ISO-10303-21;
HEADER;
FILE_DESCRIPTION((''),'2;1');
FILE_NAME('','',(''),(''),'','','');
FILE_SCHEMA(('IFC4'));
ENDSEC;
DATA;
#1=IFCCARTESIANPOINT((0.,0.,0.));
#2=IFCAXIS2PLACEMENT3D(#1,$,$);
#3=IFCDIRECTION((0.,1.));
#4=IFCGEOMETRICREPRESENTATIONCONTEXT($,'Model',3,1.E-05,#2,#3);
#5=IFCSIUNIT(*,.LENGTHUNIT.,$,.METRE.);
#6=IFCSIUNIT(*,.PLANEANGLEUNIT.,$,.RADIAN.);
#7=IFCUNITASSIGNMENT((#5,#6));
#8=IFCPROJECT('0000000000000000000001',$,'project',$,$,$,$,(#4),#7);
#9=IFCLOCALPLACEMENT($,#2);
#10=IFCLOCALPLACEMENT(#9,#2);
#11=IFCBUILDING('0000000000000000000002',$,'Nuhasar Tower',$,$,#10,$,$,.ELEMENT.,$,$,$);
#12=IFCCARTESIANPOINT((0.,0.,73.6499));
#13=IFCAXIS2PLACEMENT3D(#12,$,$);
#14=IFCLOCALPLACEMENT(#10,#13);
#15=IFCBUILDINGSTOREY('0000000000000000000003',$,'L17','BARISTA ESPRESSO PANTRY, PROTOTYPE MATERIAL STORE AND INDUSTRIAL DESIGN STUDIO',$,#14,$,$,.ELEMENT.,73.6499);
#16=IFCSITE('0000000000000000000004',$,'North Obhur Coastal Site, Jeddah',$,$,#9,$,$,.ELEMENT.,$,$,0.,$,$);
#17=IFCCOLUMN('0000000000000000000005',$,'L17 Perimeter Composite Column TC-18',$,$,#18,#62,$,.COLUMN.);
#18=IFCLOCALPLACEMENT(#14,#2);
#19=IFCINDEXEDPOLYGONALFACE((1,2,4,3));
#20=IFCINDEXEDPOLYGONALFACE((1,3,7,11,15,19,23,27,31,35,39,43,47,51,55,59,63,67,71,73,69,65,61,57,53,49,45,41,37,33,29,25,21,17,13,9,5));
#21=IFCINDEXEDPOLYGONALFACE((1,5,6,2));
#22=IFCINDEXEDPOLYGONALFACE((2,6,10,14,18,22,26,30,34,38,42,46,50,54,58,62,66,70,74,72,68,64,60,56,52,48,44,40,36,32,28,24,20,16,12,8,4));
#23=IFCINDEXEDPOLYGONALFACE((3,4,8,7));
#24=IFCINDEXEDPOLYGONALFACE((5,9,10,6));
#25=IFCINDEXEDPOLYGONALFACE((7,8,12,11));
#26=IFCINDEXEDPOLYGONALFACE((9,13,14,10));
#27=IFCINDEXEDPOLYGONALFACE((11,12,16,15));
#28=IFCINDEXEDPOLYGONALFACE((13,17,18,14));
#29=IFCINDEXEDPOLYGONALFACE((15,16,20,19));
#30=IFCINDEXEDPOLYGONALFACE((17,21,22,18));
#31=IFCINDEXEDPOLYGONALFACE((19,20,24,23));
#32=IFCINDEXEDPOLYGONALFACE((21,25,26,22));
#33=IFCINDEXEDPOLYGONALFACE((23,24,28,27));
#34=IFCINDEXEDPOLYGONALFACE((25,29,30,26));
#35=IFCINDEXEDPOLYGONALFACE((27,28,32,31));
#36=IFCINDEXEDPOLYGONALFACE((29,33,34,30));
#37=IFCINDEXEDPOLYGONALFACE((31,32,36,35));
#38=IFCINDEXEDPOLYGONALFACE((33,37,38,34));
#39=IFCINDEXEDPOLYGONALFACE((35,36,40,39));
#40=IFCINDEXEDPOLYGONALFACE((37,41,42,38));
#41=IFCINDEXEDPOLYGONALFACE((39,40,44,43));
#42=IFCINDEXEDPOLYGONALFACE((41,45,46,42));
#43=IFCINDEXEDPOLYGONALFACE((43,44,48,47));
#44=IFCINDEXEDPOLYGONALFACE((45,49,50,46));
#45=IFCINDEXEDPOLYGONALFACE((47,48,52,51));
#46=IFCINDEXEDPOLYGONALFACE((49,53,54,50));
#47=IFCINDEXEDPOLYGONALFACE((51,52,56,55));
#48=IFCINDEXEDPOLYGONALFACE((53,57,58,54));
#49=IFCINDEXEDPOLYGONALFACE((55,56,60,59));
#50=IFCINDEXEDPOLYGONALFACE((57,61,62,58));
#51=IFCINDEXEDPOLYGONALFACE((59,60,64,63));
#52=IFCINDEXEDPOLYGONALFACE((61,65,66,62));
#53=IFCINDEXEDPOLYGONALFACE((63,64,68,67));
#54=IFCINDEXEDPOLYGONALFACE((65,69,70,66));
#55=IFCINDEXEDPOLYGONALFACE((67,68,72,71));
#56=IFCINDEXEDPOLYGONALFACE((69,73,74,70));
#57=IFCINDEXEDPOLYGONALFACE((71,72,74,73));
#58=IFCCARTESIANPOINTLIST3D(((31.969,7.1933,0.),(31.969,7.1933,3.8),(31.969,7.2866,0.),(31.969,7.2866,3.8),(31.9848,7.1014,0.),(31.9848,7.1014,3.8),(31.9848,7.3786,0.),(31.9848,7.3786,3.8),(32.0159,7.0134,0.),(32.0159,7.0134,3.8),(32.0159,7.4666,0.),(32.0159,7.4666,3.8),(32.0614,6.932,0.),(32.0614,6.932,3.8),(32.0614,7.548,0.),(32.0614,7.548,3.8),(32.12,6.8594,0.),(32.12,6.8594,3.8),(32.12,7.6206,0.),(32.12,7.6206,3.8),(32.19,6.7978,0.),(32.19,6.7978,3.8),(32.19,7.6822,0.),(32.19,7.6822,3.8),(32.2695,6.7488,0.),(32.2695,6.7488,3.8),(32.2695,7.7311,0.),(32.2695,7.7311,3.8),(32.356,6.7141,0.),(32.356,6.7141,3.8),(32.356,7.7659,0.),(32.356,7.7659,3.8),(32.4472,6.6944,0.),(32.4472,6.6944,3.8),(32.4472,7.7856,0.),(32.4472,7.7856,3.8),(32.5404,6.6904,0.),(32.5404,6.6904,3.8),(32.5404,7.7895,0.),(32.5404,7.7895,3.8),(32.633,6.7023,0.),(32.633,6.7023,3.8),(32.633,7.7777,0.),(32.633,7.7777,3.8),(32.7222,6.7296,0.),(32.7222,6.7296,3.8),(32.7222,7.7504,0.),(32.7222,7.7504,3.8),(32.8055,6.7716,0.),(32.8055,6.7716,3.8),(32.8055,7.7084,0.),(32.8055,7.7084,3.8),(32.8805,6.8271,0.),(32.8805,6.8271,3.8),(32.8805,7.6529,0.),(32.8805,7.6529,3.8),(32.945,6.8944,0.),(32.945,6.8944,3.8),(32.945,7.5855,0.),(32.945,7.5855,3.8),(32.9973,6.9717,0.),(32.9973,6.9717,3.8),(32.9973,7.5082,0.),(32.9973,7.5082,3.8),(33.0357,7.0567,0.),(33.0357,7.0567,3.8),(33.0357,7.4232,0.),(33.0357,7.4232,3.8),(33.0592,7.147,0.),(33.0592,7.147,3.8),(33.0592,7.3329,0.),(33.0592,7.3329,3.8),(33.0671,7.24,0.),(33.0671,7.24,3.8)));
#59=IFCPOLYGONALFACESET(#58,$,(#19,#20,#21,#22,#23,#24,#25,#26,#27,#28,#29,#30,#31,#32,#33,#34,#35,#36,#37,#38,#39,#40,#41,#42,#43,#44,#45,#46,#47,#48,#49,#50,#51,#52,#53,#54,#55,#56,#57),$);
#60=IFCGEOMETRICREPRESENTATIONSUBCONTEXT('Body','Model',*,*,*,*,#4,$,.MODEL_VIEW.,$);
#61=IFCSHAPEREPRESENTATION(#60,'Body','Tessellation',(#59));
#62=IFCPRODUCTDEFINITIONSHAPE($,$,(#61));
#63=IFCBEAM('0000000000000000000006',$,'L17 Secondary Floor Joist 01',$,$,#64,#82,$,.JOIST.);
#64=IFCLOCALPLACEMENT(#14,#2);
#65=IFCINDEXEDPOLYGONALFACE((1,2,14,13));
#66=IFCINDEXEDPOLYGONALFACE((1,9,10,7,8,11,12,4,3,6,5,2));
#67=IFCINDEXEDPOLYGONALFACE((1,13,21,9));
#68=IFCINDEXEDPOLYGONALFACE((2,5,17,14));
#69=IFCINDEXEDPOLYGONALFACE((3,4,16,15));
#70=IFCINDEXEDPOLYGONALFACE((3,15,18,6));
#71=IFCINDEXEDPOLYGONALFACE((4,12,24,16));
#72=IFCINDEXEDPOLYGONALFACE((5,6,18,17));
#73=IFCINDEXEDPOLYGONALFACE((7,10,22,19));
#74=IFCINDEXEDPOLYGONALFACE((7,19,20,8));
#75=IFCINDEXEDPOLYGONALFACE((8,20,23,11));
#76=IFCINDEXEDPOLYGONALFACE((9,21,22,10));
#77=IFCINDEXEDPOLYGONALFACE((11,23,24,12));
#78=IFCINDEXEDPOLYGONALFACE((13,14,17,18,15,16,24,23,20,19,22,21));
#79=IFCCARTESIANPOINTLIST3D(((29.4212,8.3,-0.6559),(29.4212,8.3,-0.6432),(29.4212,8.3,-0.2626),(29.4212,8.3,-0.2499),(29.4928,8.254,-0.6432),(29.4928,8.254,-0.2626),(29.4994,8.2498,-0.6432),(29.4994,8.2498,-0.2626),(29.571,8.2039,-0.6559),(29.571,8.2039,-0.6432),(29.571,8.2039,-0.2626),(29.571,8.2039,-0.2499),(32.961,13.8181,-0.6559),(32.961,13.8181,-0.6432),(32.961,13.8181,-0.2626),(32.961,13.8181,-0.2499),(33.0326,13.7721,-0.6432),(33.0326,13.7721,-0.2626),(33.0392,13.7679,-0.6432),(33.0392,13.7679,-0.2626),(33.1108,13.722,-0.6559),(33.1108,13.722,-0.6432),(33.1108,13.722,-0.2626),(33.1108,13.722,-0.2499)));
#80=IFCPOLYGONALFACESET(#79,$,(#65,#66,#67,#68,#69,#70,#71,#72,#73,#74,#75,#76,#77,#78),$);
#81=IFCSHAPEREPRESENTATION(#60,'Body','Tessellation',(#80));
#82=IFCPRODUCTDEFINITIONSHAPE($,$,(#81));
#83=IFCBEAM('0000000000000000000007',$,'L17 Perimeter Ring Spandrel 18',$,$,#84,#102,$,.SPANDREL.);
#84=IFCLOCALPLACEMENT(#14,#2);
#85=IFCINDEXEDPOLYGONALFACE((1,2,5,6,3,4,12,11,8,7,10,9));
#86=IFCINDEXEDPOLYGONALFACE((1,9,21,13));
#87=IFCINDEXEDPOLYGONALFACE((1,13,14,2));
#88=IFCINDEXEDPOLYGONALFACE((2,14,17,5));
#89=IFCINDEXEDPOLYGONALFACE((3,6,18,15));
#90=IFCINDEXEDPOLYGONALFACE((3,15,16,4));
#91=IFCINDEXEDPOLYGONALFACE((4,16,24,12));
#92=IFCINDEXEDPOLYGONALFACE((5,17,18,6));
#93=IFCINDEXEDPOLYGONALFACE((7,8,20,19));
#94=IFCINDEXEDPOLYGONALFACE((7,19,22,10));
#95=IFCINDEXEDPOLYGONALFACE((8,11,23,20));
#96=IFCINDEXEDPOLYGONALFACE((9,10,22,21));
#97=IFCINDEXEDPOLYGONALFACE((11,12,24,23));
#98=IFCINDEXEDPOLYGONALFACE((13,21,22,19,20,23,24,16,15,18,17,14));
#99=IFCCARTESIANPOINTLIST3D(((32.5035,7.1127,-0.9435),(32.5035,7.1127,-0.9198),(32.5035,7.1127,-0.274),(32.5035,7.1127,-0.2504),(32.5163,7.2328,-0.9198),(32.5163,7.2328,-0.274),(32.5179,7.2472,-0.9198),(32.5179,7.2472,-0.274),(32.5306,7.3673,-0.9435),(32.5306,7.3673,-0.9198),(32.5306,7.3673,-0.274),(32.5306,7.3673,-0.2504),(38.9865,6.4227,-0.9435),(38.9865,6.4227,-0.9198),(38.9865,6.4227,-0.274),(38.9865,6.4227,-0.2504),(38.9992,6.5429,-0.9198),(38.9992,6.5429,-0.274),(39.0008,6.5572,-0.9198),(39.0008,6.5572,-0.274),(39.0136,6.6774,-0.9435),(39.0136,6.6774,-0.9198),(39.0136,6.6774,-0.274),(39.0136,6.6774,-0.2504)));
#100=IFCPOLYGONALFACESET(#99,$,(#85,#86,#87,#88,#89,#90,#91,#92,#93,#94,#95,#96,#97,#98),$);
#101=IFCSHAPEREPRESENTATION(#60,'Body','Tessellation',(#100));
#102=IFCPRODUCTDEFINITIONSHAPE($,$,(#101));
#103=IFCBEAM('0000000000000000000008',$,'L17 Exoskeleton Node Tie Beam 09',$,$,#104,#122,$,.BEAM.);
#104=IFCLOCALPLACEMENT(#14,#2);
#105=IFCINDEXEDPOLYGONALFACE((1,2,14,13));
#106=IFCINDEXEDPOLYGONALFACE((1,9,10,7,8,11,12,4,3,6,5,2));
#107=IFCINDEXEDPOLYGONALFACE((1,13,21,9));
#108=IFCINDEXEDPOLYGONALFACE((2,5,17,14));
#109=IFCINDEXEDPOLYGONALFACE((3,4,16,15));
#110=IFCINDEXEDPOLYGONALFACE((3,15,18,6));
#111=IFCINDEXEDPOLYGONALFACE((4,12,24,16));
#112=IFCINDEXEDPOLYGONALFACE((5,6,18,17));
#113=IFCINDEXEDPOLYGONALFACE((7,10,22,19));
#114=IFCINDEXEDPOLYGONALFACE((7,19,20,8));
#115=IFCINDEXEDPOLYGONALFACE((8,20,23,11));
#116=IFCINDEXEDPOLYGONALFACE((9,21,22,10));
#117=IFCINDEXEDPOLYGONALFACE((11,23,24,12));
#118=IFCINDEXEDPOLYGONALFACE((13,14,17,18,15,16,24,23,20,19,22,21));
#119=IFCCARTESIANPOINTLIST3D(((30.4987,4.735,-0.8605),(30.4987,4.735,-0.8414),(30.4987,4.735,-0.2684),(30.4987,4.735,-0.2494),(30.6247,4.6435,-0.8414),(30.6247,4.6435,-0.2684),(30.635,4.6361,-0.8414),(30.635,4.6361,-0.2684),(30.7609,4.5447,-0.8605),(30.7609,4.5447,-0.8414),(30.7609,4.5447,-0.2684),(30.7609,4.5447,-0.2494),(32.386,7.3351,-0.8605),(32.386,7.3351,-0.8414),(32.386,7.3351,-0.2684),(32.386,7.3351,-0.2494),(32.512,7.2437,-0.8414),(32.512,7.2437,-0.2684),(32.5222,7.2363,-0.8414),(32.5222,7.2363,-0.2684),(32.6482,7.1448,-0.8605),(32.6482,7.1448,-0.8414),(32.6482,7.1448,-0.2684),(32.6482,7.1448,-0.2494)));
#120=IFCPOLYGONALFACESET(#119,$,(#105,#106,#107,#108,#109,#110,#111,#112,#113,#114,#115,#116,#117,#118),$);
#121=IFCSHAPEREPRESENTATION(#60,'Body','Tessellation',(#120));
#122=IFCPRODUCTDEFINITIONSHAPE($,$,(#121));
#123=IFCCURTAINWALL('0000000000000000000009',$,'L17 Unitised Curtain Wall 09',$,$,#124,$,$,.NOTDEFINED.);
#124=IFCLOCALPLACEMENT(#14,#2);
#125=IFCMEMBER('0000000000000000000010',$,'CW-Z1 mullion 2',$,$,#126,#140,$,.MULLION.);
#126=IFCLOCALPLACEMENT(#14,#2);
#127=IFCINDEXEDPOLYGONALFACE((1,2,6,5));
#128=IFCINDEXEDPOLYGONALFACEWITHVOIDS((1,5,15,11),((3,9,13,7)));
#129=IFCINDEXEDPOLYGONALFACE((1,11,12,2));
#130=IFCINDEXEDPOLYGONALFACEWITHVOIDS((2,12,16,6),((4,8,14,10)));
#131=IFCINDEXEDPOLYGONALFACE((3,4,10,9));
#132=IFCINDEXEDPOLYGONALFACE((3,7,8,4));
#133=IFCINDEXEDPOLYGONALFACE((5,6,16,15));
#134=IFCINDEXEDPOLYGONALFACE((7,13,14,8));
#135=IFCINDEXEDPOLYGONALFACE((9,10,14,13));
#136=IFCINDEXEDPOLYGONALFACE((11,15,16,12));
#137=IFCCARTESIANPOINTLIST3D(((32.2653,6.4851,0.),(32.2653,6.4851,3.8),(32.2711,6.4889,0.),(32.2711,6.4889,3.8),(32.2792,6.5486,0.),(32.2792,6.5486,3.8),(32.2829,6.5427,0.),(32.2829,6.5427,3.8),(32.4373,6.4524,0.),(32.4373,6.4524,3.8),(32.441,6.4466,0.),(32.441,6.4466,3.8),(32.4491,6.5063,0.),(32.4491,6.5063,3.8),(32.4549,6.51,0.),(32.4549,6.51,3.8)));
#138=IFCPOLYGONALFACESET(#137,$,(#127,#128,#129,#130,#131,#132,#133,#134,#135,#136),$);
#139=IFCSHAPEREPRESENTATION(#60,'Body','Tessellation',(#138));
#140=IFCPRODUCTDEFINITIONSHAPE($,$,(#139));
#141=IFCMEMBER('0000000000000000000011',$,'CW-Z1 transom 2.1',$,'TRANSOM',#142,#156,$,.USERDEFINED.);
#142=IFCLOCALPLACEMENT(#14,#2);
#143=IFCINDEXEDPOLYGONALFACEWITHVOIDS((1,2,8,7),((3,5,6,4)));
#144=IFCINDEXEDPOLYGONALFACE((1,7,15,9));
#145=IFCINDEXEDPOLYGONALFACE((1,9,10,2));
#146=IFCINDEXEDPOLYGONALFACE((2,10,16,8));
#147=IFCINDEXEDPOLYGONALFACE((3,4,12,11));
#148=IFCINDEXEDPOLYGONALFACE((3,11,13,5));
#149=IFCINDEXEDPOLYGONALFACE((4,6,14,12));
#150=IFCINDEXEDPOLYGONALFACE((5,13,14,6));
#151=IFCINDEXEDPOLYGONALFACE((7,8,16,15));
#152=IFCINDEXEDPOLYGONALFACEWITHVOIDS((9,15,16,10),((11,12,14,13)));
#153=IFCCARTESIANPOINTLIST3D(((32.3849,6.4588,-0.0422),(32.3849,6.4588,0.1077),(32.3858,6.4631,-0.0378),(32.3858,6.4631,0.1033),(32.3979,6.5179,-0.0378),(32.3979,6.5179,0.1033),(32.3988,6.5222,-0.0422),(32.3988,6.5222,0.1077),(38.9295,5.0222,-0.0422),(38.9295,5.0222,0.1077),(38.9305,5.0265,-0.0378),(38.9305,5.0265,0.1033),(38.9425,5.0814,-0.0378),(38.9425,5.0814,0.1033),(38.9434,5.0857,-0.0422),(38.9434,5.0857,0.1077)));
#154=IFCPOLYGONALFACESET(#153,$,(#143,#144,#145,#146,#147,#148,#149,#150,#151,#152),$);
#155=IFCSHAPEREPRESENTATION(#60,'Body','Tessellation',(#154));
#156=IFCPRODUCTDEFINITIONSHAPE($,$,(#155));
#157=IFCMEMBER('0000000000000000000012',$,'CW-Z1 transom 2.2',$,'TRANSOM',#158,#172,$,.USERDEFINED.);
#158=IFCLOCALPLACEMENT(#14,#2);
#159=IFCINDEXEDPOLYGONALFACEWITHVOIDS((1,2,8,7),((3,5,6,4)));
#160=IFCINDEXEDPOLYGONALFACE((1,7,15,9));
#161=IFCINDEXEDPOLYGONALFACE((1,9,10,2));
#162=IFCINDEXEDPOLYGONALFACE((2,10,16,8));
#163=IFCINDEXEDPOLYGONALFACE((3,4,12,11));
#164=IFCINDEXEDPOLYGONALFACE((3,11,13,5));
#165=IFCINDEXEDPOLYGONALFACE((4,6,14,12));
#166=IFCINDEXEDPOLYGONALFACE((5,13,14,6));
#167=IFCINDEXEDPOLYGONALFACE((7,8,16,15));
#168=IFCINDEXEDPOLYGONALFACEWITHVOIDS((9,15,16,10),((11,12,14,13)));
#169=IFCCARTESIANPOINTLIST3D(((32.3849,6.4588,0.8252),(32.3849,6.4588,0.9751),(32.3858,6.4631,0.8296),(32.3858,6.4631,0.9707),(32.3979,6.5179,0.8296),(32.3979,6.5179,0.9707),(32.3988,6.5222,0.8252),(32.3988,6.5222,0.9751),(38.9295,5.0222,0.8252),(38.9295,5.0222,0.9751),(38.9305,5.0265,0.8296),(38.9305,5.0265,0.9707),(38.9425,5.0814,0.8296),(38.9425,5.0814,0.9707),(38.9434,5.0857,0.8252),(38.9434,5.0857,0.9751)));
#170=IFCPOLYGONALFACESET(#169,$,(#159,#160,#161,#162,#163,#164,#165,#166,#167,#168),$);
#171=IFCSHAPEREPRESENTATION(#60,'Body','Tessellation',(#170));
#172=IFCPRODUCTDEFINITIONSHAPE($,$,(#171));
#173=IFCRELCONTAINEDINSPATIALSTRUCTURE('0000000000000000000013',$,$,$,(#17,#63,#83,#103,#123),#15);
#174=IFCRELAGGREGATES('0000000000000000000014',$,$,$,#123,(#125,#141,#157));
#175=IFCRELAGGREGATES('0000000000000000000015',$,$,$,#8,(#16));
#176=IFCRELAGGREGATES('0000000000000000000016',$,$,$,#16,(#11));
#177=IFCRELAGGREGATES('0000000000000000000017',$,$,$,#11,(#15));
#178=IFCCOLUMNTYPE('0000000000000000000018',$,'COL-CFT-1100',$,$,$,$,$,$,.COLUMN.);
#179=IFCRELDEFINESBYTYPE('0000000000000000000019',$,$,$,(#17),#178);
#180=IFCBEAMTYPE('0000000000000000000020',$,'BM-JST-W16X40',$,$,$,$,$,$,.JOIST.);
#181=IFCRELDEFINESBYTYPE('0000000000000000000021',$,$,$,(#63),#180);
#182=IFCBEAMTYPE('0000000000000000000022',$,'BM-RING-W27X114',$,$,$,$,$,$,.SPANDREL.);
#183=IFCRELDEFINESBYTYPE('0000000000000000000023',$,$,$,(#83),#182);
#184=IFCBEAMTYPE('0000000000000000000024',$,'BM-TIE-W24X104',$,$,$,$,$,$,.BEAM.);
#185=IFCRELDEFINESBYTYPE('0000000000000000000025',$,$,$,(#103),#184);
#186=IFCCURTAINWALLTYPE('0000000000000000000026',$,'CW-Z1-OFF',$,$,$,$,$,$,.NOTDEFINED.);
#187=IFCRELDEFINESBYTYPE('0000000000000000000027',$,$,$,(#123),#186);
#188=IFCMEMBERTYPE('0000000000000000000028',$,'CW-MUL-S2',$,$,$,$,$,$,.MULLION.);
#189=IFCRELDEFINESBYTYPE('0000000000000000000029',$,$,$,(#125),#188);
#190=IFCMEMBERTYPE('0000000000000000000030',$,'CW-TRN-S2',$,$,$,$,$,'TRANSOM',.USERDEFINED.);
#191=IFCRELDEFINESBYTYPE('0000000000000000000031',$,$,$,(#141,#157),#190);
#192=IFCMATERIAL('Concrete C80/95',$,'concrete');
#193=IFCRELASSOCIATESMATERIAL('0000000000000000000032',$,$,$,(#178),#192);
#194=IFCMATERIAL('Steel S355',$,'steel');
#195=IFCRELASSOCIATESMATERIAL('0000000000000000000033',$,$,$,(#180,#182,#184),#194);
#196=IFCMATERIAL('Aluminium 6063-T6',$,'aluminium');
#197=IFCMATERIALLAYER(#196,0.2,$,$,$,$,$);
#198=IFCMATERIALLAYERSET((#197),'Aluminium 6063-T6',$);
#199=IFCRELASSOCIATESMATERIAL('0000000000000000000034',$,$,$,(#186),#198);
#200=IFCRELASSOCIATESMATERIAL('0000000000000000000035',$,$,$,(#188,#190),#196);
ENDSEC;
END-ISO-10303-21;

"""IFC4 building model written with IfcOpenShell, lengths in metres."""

from ifc_helpers import new_model, si_unit, direction, frame, origin, origin_2d, place, context, subcontext, project, spatial, hollow_rectangle, circle, i_section, extrude, material, layer, layer_set, material_profile, profile_set, type_object, element, aggregate, save


model = new_model("IFC4")

# Units and contexts
model_context = context("Model", 3, precision=1e-05, world=origin(), true_north=direction((0.0, 1.0)))
body_context = subcontext(model_context, "Body", "Model", "MODEL_VIEW")
ifc_project = project(units=[si_unit("LENGTHUNIT", "METRE"), si_unit("PLANEANGLEUNIT", "RADIAN")], contexts=[model_context])

# Site, building, storey
site_placement = place(None, origin())
site = spatial("IfcSite", under=ifc_project, at=site_placement, Name="North Obhur Coastal Site, Jeddah", CompositionType="ELEMENT", RefElevation=0.0)
building_placement = place(site_placement, origin())
building = spatial("IfcBuilding", under=site, at=building_placement, Name="Nuhasar Tower", CompositionType="ELEMENT")
storey_placement = place(building_placement, frame((0.0, 0.0, 73.6499)))
storey = spatial("IfcBuildingStorey", under=building, at=storey_placement, Name="L17", Description="BARISTA ESPRESSO PANTRY, PROTOTYPE MATERIAL STORE AND INDUSTRIAL DESIGN STUDIO", CompositionType="ELEMENT", Elevation=73.6499)

# Column
ifc_material_1 = material(Name="Concrete C80/95", Category="concrete")
ifc_material_profile_1 = material_profile(ifc_material_1, circle(Radius=0.55, at=origin_2d()), Name="CFT1100")
ifc_profile_set_1 = profile_set([ifc_material_profile_1], Name="Concrete C80/95")
column_type = type_object("IfcColumnType", Name="COL-CFT-1100", PredefinedType="COLUMN", material=ifc_profile_set_1)
column_placement = place(storey_placement, frame((32.5171, 7.24, 0.0), z_axis=(0.0, 0.0, 1.0), x_axis=(1.0, 0.0, 0.0)))
element("IfcColumn", 1, at=column_placement, inside=storey, type_object=column_type, Name="L17 Perimeter Composite Column TC-18", PredefinedType="COLUMN", context=body_context, shape_type="SweptSolid", body=[
    extrude(circle(Radius=0.55, at=origin_2d()), origin(), (0.0, 0.0, 1.0), 3.8),
])

# Beams
ifc_material_2 = material(Name="Steel S355", Category="steel")
ifc_material_profile_2 = material_profile(ifc_material_2, i_section(OverallWidth=0.178, OverallDepth=0.406, WebThickness=0.0078, FlangeThickness=0.0127, at=origin_2d()), Name="W16X40")
ifc_profile_set_2 = profile_set([ifc_material_profile_2], Name="Steel S355")
beam_type_1 = type_object("IfcBeamType", Name="BM-JST-W16X40", PredefinedType="JOIST", material=ifc_profile_set_2)
beam_1_placement = place(storey_placement, frame((33.0359, 13.77, -0.4529), z_axis=(-0.539944, -0.841701, 0.0), x_axis=(0.841701, -0.539944, 0.0)))
element("IfcBeam", 2, at=beam_1_placement, inside=storey, type_object=beam_type_1, Name="L17 Secondary Floor Joist 01", PredefinedType="JOIST", context=body_context, shape_type="SweptSolid", body=[
    extrude(i_section(OverallWidth=0.178, OverallDepth=0.406, WebThickness=0.0078, FlangeThickness=0.0127, at=origin_2d()), origin(), (0.0, 0.0, 1.0), 6.5559),
])
ifc_material_profile_3 = material_profile(ifc_material_2, i_section(OverallWidth=0.2561, OverallDepth=0.6931, WebThickness=0.0144, FlangeThickness=0.0237, at=origin_2d()), Name="W27X114")
ifc_profile_set_3 = profile_set([ifc_material_profile_3], Name="Steel S355")
beam_type_2 = type_object("IfcBeamType", Name="BM-RING-W27X114", PredefinedType="SPANDREL", material=ifc_profile_set_3)
beam_2_placement = place(storey_placement, frame((32.5171, 7.24, -0.5969), z_axis=(0.994385, -0.105827, 0.0), x_axis=(0.105827, 0.994385, 0.0)))
element("IfcBeam", 3, at=beam_2_placement, inside=storey, type_object=beam_type_2, Name="L17 Perimeter Ring Spandrel 18", PredefinedType="SPANDREL", context=body_context, shape_type="SweptSolid", body=[
    extrude(i_section(OverallWidth=0.2561, OverallDepth=0.6931, WebThickness=0.0144, FlangeThickness=0.0237, at=origin_2d()), origin(), (0.0, 0.0, 1.0), 6.5195),
])
ifc_material_profile_4 = material_profile(ifc_material_2, i_section(OverallWidth=0.324, OverallDepth=0.6111, WebThickness=0.0127, FlangeThickness=0.019, at=origin_2d()), Name="W24X104")
ifc_profile_set_4 = profile_set([ifc_material_profile_4], Name="Steel S355")
beam_type_3 = type_object("IfcBeamType", Name="BM-TIE-W24X104", PredefinedType="BEAM", material=ifc_profile_set_4)
beam_3_placement = place(storey_placement, frame((32.5171, 7.24, -0.5549), z_axis=(-0.587403, -0.809294, 0.0), x_axis=(0.809294, -0.587403, 0.0)))
element("IfcBeam", 4, at=beam_3_placement, inside=storey, type_object=beam_type_3, Name="L17 Exoskeleton Node Tie Beam 09", PredefinedType="BEAM", context=body_context, shape_type="SweptSolid", body=[
    extrude(i_section(OverallWidth=0.324, OverallDepth=0.6111, WebThickness=0.0127, FlangeThickness=0.019, at=origin_2d()), origin(), (0.0, 0.0, 1.0), 3.2129),
])

# Curtain wall, members
ifc_material_3 = material(Name="Aluminium 6063-T6", Category="aluminium")
ifc_layer_1 = layer(ifc_material_3, 0.2)
ifc_layer_set_1 = layer_set([ifc_layer_1], Name="Aluminium 6063-T6")
curtain_wall_type = type_object("IfcCurtainWallType", Name="CW-Z1-OFF", PredefinedType="NOTDEFINED", material=ifc_layer_set_1)
curtain_wall_placement = place(storey_placement, origin())
curtain_wall = element("IfcCurtainWall", 5, at=curtain_wall_placement, inside=storey, type_object=curtain_wall_type, Name="L17 Unitised Curtain Wall 09", PredefinedType="NOTDEFINED")
ifc_material_profile_5 = material_profile(ifc_material_3, hollow_rectangle(XDim=0.0649, YDim=0.1799, WallThickness=0.0049, at=origin_2d()), Name="CWM-2")
ifc_profile_set_5 = profile_set([ifc_material_profile_5], Name="Aluminium 6063-T6")
member_type_1 = type_object("IfcMemberType", Name="CW-MUL-S2", PredefinedType="MULLION", material=ifc_profile_set_5)
member_1_placement = place(storey_placement, frame((32.3601, 6.4976, 0.0), z_axis=(0.0, 0.0, 1.0), x_axis=(0.214399, 0.976746, 0.0)))
member_1 = element("IfcMember", 6, at=member_1_placement, type_object=member_type_1, Name="CW-Z1 mullion 2", PredefinedType="MULLION", context=body_context, shape_type="SweptSolid", body=[
    extrude(hollow_rectangle(XDim=0.0649, YDim=0.1799, WallThickness=0.0049, at=origin_2d()), origin(), (0.0, 0.0, 1.0), 3.8),
])
ifc_material_profile_6 = material_profile(ifc_material_3, hollow_rectangle(XDim=0.0649, YDim=0.1499, WallThickness=0.0044, at=origin_2d()), Name="CWT-2")
ifc_profile_set_6 = profile_set([ifc_material_profile_6], Name="Aluminium 6063-T6")
member_type_2 = type_object("IfcMemberType", Name="CW-TRN-S2", ElementType="TRANSOM", PredefinedType="USERDEFINED", material=ifc_profile_set_6)
member_2_placement = place(storey_placement, frame((32.3918, 6.4905, 0.0327), z_axis=(0.976748, -0.214391, 0.0), x_axis=(0.214391, 0.976748, 0.0)))
member_2 = element("IfcMember", 7, at=member_2_placement, type_object=member_type_2, Name="CW-Z1 transom 2.1", ObjectType="TRANSOM", PredefinedType="USERDEFINED", context=body_context, shape_type="SweptSolid", body=[
    extrude(hollow_rectangle(XDim=0.0649, YDim=0.1499, WallThickness=0.0044, at=origin_2d()), origin(), (0.0, 0.0, 1.0), 6.7004),
])
member_3_placement = place(storey_placement, frame((32.3918, 6.4905, 0.9001), z_axis=(0.976748, -0.214391, 0.0), x_axis=(0.214391, 0.976748, 0.0)))
member_3 = element("IfcMember", 8, at=member_3_placement, type_object=member_type_2, Name="CW-Z1 transom 2.2", ObjectType="TRANSOM", PredefinedType="USERDEFINED", context=body_context, shape_type="SweptSolid", body=[
    extrude(hollow_rectangle(XDim=0.0649, YDim=0.1499, WallThickness=0.0044, at=origin_2d()), origin(), (0.0, 0.0, 1.0), 6.7004),
])

aggregate(curtain_wall, [member_1, member_2, member_3])

save(model, "model.ifc")
